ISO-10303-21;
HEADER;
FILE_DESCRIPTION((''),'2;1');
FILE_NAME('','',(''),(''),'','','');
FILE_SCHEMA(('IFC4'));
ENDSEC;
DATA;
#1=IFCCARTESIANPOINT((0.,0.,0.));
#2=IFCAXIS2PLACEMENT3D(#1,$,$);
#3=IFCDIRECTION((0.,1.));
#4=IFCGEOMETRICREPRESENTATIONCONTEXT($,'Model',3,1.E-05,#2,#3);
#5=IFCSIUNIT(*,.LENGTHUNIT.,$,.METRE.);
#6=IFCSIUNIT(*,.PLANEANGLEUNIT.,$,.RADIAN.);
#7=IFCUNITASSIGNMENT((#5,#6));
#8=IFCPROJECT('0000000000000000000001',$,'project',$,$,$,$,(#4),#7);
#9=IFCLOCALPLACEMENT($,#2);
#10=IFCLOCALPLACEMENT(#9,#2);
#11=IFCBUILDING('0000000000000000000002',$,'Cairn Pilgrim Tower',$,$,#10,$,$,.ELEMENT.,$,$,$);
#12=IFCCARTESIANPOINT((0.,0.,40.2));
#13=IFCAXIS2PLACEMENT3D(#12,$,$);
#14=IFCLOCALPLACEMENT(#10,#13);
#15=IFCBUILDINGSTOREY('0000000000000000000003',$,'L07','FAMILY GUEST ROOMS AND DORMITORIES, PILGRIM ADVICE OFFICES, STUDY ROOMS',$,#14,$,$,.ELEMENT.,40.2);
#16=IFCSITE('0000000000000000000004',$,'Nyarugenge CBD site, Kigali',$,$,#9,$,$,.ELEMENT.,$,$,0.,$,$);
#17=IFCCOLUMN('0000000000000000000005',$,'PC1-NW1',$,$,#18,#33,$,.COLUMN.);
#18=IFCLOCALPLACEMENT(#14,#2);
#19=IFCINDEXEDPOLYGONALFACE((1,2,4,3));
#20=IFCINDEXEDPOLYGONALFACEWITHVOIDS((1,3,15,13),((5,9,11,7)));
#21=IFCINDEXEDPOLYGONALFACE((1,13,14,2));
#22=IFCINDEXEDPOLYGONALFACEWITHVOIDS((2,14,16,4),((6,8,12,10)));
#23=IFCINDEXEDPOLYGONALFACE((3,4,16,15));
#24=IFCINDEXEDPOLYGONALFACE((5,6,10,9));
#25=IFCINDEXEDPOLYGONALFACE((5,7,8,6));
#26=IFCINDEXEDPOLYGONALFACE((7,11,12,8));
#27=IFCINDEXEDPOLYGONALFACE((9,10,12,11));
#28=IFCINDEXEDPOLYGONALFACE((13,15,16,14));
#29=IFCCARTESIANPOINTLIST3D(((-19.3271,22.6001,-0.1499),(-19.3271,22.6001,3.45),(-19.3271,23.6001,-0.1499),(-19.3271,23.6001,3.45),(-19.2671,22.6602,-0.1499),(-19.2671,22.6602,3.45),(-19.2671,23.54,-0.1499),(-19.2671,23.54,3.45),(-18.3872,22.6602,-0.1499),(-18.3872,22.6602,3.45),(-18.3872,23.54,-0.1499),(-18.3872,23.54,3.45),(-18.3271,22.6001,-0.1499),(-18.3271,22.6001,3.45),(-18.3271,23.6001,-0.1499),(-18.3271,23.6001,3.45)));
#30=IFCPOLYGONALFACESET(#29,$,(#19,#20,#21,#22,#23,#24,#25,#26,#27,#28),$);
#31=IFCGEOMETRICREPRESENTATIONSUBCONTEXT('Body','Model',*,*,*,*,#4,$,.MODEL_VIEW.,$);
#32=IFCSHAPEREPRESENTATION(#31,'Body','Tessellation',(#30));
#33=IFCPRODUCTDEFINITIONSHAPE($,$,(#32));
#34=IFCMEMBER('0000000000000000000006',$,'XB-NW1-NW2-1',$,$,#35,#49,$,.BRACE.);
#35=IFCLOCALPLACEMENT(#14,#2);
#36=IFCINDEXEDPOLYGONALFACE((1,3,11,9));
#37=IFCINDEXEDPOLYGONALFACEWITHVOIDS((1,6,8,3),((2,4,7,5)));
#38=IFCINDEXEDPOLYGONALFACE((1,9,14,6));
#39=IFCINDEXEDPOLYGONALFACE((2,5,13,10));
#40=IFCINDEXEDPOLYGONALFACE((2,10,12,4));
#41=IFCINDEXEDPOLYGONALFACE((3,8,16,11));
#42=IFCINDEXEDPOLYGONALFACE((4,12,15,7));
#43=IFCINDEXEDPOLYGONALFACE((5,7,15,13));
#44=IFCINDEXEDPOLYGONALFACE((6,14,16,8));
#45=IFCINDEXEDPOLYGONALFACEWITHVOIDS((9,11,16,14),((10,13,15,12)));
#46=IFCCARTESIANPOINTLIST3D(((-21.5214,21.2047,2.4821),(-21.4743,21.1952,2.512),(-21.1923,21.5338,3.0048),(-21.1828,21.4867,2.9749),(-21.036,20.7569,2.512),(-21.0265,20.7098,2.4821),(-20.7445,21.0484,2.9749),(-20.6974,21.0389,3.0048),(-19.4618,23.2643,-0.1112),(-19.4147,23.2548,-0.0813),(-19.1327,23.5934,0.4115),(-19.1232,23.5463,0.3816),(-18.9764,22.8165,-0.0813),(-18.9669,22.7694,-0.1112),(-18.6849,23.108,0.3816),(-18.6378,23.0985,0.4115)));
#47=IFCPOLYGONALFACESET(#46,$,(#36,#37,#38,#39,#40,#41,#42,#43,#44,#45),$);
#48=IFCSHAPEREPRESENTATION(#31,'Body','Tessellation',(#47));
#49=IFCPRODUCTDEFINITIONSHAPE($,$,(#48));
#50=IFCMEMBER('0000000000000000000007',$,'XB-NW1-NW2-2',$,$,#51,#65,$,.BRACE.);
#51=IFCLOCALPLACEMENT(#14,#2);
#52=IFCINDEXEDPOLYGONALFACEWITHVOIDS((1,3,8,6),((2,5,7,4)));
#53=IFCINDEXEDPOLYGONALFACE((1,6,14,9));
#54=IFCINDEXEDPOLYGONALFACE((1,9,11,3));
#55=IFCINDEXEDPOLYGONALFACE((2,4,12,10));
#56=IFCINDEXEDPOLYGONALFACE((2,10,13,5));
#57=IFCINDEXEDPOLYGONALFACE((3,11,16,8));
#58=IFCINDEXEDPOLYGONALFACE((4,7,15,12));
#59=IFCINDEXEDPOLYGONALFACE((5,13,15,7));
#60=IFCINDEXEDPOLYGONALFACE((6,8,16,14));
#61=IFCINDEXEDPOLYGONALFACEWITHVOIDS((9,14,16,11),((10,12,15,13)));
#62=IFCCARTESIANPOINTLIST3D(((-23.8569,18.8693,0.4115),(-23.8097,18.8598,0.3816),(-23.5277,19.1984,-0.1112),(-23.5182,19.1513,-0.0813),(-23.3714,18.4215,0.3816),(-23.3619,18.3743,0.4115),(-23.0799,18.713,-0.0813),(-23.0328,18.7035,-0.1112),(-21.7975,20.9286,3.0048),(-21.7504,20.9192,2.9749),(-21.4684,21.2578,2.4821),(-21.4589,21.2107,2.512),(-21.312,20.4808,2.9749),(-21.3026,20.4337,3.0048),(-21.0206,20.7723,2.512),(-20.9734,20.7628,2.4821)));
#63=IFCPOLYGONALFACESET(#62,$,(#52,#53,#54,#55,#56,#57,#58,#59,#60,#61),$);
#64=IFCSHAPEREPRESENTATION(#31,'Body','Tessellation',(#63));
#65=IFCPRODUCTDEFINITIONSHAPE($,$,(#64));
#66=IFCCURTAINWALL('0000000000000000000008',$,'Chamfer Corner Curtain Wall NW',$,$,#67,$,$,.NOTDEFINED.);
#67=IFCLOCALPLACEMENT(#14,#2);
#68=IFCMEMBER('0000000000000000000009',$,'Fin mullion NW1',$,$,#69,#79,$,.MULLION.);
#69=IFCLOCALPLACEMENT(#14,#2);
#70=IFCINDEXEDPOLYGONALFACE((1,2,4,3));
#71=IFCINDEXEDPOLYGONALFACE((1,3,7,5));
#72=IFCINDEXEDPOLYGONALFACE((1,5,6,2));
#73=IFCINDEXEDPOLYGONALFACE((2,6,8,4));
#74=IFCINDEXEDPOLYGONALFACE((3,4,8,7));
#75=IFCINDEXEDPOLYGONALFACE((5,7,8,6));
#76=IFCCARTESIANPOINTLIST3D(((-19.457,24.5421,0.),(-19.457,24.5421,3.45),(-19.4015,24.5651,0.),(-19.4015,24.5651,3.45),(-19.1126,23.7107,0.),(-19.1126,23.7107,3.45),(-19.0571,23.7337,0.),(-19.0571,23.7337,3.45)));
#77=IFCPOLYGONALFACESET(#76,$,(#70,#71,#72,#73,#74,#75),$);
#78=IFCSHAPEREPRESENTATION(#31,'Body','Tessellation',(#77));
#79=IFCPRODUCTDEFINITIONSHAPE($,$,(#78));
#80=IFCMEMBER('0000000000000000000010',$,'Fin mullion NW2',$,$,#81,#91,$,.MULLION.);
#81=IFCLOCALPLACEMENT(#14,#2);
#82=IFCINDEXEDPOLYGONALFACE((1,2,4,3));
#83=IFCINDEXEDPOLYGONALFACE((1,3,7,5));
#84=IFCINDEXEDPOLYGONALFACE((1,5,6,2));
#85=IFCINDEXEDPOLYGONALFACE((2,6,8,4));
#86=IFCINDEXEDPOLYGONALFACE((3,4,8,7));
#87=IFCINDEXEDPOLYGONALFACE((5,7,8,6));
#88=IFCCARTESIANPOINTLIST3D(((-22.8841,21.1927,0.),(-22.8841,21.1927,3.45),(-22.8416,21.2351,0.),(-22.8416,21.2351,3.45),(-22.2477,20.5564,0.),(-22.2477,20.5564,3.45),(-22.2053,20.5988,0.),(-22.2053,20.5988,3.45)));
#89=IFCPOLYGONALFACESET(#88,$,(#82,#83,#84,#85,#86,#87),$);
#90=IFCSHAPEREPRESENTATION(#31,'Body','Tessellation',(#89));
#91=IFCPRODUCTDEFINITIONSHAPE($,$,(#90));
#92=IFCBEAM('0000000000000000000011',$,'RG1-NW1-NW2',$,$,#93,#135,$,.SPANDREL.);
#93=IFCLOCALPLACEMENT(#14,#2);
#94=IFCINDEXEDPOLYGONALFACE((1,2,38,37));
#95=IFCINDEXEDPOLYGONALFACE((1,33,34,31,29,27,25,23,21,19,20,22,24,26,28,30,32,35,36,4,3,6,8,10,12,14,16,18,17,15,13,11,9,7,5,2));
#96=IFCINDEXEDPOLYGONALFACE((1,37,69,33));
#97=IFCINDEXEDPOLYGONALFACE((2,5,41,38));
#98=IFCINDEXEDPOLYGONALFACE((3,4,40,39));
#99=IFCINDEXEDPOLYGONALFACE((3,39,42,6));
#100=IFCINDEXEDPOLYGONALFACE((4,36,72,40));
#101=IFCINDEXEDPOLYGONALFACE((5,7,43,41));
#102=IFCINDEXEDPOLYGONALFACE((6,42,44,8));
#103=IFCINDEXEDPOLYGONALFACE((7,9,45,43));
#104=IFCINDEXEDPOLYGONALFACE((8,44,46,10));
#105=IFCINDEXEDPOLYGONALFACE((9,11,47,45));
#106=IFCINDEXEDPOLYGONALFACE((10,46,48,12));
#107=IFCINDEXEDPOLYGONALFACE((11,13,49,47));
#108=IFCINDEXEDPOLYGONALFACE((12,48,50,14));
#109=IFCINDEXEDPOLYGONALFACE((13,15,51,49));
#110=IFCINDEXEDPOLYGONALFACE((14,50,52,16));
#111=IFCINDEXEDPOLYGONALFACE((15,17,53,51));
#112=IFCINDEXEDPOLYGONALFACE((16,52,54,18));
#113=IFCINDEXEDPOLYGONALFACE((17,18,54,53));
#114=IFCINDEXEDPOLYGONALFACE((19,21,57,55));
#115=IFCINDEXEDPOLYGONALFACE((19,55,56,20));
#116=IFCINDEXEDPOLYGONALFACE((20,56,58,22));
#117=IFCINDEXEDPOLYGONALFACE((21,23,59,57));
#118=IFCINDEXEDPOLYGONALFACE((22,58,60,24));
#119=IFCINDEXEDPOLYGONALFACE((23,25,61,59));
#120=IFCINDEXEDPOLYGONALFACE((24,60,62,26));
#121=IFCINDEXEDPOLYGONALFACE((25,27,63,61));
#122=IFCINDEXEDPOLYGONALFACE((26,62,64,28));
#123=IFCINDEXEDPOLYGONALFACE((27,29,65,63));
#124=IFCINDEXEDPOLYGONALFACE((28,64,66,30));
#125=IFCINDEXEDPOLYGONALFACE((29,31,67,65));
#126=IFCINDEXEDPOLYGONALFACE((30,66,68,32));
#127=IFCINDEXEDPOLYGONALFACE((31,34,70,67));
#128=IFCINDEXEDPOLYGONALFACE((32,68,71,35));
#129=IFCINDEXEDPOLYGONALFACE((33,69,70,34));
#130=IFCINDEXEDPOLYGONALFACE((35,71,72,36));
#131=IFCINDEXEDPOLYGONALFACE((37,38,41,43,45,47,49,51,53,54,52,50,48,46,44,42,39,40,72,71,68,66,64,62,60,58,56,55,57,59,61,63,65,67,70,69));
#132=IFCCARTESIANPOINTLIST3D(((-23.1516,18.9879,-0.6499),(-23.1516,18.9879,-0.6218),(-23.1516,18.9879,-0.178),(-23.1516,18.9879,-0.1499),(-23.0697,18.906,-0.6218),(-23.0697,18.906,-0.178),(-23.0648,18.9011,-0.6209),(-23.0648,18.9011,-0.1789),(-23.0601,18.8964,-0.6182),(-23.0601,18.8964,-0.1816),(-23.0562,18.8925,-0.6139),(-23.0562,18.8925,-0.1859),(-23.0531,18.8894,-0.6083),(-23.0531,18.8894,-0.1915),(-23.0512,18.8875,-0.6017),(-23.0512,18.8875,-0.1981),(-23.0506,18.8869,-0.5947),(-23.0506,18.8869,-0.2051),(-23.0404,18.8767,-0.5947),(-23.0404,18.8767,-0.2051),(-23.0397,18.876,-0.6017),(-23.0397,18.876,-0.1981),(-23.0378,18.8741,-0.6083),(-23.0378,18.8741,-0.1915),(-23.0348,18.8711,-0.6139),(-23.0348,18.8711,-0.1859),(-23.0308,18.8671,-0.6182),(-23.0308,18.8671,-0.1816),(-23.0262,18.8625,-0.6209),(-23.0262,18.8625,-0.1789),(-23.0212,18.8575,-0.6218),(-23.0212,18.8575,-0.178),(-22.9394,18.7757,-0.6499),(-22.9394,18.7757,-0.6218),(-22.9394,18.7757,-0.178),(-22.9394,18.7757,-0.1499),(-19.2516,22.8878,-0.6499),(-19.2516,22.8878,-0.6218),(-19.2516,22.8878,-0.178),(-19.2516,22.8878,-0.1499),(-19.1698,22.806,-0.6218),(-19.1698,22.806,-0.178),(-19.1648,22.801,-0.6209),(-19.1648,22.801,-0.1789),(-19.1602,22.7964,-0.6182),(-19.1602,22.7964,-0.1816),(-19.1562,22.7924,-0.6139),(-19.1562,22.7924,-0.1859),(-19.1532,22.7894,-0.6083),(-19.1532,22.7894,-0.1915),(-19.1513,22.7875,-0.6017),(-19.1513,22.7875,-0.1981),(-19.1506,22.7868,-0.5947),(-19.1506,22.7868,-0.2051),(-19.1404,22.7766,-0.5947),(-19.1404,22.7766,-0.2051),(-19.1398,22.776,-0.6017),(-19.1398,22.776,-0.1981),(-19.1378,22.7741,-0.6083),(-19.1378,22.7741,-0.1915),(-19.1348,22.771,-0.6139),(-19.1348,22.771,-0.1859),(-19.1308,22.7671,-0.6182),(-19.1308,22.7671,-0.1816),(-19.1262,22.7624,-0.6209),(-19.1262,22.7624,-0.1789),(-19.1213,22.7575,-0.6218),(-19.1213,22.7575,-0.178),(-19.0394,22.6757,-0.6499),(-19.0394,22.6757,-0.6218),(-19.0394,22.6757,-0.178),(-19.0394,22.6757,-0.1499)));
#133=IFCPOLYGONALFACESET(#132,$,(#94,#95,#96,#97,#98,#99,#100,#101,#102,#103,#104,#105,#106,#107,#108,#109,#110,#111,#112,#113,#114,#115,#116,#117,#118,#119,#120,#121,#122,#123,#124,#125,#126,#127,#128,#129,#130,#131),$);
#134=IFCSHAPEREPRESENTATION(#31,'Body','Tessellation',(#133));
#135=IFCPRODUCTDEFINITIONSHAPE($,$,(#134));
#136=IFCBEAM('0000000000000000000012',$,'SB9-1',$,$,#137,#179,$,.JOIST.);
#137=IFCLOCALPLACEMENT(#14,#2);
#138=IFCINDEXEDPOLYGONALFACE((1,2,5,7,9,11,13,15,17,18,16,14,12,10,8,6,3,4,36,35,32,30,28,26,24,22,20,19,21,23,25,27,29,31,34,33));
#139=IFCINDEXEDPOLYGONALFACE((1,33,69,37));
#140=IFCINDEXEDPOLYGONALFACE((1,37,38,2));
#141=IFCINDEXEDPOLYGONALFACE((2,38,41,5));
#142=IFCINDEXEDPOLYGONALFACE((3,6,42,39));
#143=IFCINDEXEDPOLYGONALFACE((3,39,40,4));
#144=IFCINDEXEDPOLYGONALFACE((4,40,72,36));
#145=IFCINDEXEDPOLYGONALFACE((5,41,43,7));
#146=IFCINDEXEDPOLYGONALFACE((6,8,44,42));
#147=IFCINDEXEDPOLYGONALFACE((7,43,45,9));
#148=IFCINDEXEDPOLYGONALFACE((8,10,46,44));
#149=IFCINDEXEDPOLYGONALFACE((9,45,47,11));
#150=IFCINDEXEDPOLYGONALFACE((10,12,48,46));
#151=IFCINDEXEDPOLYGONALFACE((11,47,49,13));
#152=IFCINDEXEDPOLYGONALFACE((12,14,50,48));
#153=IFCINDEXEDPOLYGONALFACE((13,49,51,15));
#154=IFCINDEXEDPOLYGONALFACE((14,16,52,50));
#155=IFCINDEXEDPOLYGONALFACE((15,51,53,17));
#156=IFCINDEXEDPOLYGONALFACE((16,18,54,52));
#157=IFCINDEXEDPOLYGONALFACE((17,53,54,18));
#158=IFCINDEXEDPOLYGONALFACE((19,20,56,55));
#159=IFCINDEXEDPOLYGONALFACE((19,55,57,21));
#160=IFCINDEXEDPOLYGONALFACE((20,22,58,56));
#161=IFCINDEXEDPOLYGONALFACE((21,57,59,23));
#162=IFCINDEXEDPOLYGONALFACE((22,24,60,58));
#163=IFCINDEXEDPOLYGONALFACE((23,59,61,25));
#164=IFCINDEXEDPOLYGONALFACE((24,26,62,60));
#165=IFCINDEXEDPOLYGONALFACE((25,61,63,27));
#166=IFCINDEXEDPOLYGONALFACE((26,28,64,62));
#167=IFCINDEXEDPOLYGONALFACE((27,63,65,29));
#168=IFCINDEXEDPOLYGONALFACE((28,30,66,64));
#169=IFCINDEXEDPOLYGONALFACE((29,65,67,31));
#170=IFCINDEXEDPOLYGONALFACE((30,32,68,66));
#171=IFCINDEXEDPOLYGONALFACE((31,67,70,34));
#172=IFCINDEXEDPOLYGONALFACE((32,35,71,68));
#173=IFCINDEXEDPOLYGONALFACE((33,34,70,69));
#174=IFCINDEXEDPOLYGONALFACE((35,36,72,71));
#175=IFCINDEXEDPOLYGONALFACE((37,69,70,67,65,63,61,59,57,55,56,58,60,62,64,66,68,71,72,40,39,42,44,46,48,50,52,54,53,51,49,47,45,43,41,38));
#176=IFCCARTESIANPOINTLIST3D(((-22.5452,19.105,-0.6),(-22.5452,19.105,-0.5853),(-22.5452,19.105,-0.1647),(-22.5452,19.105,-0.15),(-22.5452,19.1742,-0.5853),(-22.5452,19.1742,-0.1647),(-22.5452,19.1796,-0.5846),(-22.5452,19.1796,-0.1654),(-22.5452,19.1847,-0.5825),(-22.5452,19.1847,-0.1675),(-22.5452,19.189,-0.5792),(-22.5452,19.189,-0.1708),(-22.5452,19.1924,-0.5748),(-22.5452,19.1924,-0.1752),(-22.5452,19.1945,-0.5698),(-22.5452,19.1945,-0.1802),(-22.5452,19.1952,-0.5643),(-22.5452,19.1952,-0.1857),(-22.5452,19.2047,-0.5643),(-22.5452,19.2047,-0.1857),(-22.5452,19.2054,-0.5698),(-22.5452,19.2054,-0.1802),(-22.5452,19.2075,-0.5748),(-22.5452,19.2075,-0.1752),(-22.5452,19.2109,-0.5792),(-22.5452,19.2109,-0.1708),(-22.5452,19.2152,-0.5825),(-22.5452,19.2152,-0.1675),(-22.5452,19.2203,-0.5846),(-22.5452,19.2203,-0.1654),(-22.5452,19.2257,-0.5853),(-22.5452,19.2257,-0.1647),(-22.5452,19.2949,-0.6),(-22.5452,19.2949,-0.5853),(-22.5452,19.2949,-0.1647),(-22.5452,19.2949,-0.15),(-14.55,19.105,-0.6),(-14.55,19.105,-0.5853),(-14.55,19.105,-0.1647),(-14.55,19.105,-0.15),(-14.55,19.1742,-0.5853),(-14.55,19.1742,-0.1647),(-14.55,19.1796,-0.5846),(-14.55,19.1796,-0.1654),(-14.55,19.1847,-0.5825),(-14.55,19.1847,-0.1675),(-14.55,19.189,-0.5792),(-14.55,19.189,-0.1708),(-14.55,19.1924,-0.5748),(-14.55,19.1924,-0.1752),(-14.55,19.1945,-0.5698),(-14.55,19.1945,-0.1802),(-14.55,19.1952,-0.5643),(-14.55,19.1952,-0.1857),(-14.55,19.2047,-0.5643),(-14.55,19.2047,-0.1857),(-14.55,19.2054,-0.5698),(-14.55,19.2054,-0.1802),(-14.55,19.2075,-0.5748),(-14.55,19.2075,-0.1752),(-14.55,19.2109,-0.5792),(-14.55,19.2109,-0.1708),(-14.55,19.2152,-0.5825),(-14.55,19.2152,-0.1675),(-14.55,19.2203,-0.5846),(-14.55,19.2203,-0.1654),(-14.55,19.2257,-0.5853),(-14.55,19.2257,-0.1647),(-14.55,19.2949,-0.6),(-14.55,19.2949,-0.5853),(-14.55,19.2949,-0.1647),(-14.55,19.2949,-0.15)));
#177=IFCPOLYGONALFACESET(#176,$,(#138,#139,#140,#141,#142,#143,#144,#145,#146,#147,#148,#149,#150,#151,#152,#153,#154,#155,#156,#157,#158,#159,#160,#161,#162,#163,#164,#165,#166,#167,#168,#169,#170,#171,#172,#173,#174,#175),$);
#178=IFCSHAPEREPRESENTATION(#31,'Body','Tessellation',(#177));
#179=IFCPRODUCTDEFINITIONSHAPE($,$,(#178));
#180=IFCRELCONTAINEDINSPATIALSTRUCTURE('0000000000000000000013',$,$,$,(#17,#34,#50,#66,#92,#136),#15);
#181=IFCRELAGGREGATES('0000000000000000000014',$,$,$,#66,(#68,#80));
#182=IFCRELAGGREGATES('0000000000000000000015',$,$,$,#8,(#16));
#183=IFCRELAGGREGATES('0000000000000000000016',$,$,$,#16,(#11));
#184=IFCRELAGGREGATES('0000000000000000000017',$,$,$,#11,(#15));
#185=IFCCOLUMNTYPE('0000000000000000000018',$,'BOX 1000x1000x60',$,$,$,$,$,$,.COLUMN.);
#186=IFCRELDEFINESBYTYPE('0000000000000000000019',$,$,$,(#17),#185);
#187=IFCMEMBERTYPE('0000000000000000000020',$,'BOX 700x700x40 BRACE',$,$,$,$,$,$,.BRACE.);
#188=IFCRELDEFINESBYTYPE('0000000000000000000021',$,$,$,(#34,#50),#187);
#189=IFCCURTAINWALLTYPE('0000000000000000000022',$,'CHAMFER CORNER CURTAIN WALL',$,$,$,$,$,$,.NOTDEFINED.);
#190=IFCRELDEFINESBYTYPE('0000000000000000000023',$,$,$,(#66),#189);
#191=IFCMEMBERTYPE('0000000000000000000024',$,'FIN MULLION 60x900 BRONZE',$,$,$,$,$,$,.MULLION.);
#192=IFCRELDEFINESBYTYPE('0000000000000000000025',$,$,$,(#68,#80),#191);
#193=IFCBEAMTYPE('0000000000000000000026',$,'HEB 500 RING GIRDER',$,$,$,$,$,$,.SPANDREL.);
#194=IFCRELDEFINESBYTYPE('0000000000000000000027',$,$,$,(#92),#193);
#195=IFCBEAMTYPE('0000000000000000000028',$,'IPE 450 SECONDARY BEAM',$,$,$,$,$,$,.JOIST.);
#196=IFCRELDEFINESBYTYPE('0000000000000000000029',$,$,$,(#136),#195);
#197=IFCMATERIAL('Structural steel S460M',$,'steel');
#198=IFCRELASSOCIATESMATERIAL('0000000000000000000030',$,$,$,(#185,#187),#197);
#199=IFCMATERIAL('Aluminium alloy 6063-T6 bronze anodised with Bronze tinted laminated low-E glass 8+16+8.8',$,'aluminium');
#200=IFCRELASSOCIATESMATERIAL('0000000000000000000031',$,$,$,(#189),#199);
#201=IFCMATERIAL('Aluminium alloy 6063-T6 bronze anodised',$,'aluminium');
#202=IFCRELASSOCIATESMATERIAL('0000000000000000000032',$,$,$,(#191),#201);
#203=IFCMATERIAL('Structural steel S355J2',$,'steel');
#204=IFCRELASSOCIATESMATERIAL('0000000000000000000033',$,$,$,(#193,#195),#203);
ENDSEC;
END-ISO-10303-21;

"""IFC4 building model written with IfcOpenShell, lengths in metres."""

from ifc_helpers import new_model, si_unit, direction, frame, origin, origin_2d, place, context, subcontext, project, spatial, rectangle, hollow_rectangle, i_section, extrude, material, material_profile, profile_set, type_object, element, aggregate, save


model = new_model("IFC4")

# Units and contexts
model_context = context("Model", 3, precision=1e-05, world=origin(), true_north=direction((0.0, 1.0)))
body_context = subcontext(model_context, "Body", "Model", "MODEL_VIEW")
ifc_project = project(units=[si_unit("LENGTHUNIT", "METRE"), si_unit("PLANEANGLEUNIT", "RADIAN")], contexts=[model_context])

# Site, building, storey
site_placement = place(None, origin())
site = spatial("IfcSite", under=ifc_project, at=site_placement, Name="Nyarugenge CBD site, Kigali", CompositionType="ELEMENT", RefElevation=0.0)
building_placement = place(site_placement, origin())
building = spatial("IfcBuilding", under=site, at=building_placement, Name="Cairn Pilgrim Tower", CompositionType="ELEMENT")
storey_placement = place(building_placement, frame((0.0, 0.0, 40.2)))
storey = spatial("IfcBuildingStorey", under=building, at=storey_placement, Name="L07", Description="FAMILY GUEST ROOMS AND DORMITORIES, PILGRIM ADVICE OFFICES, STUDY ROOMS", CompositionType="ELEMENT", Elevation=40.2)

# Column
ifc_material_1 = material(Name="Structural steel S460M", Category="steel")
ifc_material_profile_1 = material_profile(ifc_material_1, hollow_rectangle(XDim=1.0, YDim=1.0, WallThickness=0.0601, at=origin_2d()), Name="BOX 1000x1000x60")
ifc_profile_set_1 = profile_set([ifc_material_profile_1], Name="Structural steel S460M")
column_type = type_object("IfcColumnType", Name="BOX 1000x1000x60", PredefinedType="COLUMN", material=ifc_profile_set_1)
column_placement = place(storey_placement, frame((-18.8271, 23.1001, -0.1499), z_axis=(0.0, 0.0, 1.0), x_axis=(1.0, 0.0, 0.0)))
element("IfcColumn", 1, at=column_placement, inside=storey, type_object=column_type, Name="PC1-NW1", PredefinedType="COLUMN", context=body_context, shape_type="SweptSolid", body=[
    extrude(hollow_rectangle(XDim=1.0, YDim=1.0, WallThickness=0.0601, at=origin_2d()), origin(), (0.0, 0.0, 1.0), 3.5999),
])

# Members
ifc_material_profile_2 = material_profile(ifc_material_1, hollow_rectangle(XDim=0.7, YDim=0.7, WallThickness=0.04, at=origin_2d()), Name="BOX 700x700x40")
ifc_profile_set_2 = profile_set([ifc_material_profile_2], Name="Structural steel S460M")
member_type_1 = type_object("IfcMemberType", Name="BOX 700x700x40 BRACE", PredefinedType="BRACE", material=ifc_profile_set_2)
member_1_placement = place(storey_placement, frame((-19.0498, 23.1814, 0.1501), z_axis=(-0.528118, -0.528118, 0.664968), x_axis=(0.707107, -0.707107, 0.0)))
element("IfcMember", 2, at=member_1_placement, inside=storey, type_object=member_type_1, Name="XB-NW1-NW2-1", PredefinedType="BRACE", context=body_context, shape_type="SweptSolid", body=[
    extrude(hollow_rectangle(XDim=0.7, YDim=0.7, WallThickness=0.04, at=origin_2d()), origin(), (0.0, 0.0, 1.0), 3.8999),
])
member_2_placement = place(storey_placement, frame((-23.4448, 18.7864, 0.1501), z_axis=(0.52809, 0.52809, 0.665012), x_axis=(-0.707107, 0.707107, 0.0)))
element("IfcMember", 3, at=member_2_placement, inside=storey, type_object=member_type_1, Name="XB-NW1-NW2-2", PredefinedType="BRACE", context=body_context, shape_type="SweptSolid", body=[
    extrude(hollow_rectangle(XDim=0.7, YDim=0.7, WallThickness=0.04, at=origin_2d()), origin(), (0.0, 0.0, 1.0), 3.8997),
])

# Curtain wall, members
ifc_material_2 = material(Name="Aluminium alloy 6063-T6 bronze anodised with Bronze tinted laminated low-E glass 8+16+8.8", Category="aluminium")
curtain_wall_type_1 = type_object("IfcCurtainWallType", Name="CHAMFER CORNER CURTAIN WALL", PredefinedType="NOTDEFINED", material=ifc_material_2)
curtain_wall_1_placement = place(storey_placement, origin())
curtain_wall_1 = element("IfcCurtainWall", 4, at=curtain_wall_1_placement, inside=storey, type_object=curtain_wall_type_1, Name="Chamfer Corner Curtain Wall NW", PredefinedType="NOTDEFINED")
ifc_material_3 = material(Name="Aluminium alloy 6063-T6 bronze anodised", Category="aluminium")
ifc_material_profile_3 = material_profile(ifc_material_3, rectangle(XDim=0.8999, YDim=0.0601, at=origin_2d()), Name="FIN MULLION 60x900 BRONZE")
ifc_profile_set_3 = profile_set([ifc_material_profile_3], Name="Aluminium alloy 6063-T6 bronze anodised")
member_type_2 = type_object("IfcMemberType", Name="FIN MULLION 60x900 BRONZE", PredefinedType="MULLION", material=ifc_profile_set_3)
member_3_placement = place(storey_placement, frame((-19.2571, 24.1379, 0.0), z_axis=(0.0, 0.0, 1.0), x_axis=(-0.382683, 0.92388, 0.0)))
member_3 = element("IfcMember", 5, at=member_3_placement, type_object=member_type_2, Name="Fin mullion NW1", PredefinedType="MULLION", context=body_context, shape_type="SweptSolid", body=[
    extrude(rectangle(XDim=0.8999, YDim=0.0601, at=origin_2d()), origin(), (0.0, 0.0, 1.0), 3.45),
])
member_4_placement = place(storey_placement, frame((-22.5447, 20.8958, 0.0), z_axis=(0.0, 0.0, 1.0), x_axis=(-0.707107, 0.707107, 0.0)))
member_4 = element("IfcMember", 6, at=member_4_placement, type_object=member_type_2, Name="Fin mullion NW2", PredefinedType="MULLION", context=body_context, shape_type="SweptSolid", body=[
    extrude(rectangle(XDim=0.8999, YDim=0.0601, at=origin_2d()), origin(), (0.0, 0.0, 1.0), 3.45),
])

# Beams
ifc_material_4 = material(Name="Structural steel S355J2", Category="steel")
ifc_material_profile_4 = material_profile(ifc_material_4, i_section(OverallWidth=0.3, OverallDepth=0.5, WebThickness=0.0144, FlangeThickness=0.0281, FilletRadius=0.0271, at=origin_2d()), Name="HEB 500")
ifc_profile_set_4 = profile_set([ifc_material_profile_4], Name="Structural steel S355J2")
beam_type_1 = type_object("IfcBeamType", Name="HEB 500 RING GIRDER", PredefinedType="SPANDREL", material=ifc_profile_set_4)
beam_1_placement = place(storey_placement, frame((-19.1455, 22.7817, -0.3999), z_axis=(-0.707107, -0.707107, 0.0), x_axis=(0.707107, -0.707107, 0.0)))
element("IfcBeam", 7, at=beam_1_placement, inside=storey, type_object=beam_type_1, Name="RG1-NW1-NW2", PredefinedType="SPANDREL", context=body_context, shape_type="SweptSolid", body=[
    extrude(i_section(OverallWidth=0.3, OverallDepth=0.5, WebThickness=0.0144, FlangeThickness=0.0281, FilletRadius=0.0271, at=origin_2d()), origin(), (0.0, 0.0, 1.0), 5.5154),
])
ifc_material_profile_5 = material_profile(ifc_material_4, i_section(OverallWidth=0.1899, OverallDepth=0.45, WebThickness=0.0095, FlangeThickness=0.0146, FilletRadius=0.021, at=origin_2d()), Name="IPE 450")
ifc_profile_set_5 = profile_set([ifc_material_profile_5], Name="Structural steel S355J2")
beam_type_2 = type_object("IfcBeamType", Name="IPE 450 SECONDARY BEAM", PredefinedType="JOIST", material=ifc_profile_set_5)
beam_2_placement = place(storey_placement, frame((-22.5452, 19.2, -0.375), z_axis=(1.0, 0.0, 0.0), x_axis=(0.0, 1.0, 0.0)))
element("IfcBeam", 8, at=beam_2_placement, inside=storey, type_object=beam_type_2, Name="SB9-1", PredefinedType="JOIST", context=body_context, shape_type="SweptSolid", body=[
    extrude(i_section(OverallWidth=0.1899, OverallDepth=0.45, WebThickness=0.0095, FlangeThickness=0.0146, FilletRadius=0.021, at=origin_2d()), origin(), (0.0, 0.0, 1.0), 7.9951),
])

aggregate(curtain_wall_1, [member_3, member_4])

save(model, "model.ifc")
